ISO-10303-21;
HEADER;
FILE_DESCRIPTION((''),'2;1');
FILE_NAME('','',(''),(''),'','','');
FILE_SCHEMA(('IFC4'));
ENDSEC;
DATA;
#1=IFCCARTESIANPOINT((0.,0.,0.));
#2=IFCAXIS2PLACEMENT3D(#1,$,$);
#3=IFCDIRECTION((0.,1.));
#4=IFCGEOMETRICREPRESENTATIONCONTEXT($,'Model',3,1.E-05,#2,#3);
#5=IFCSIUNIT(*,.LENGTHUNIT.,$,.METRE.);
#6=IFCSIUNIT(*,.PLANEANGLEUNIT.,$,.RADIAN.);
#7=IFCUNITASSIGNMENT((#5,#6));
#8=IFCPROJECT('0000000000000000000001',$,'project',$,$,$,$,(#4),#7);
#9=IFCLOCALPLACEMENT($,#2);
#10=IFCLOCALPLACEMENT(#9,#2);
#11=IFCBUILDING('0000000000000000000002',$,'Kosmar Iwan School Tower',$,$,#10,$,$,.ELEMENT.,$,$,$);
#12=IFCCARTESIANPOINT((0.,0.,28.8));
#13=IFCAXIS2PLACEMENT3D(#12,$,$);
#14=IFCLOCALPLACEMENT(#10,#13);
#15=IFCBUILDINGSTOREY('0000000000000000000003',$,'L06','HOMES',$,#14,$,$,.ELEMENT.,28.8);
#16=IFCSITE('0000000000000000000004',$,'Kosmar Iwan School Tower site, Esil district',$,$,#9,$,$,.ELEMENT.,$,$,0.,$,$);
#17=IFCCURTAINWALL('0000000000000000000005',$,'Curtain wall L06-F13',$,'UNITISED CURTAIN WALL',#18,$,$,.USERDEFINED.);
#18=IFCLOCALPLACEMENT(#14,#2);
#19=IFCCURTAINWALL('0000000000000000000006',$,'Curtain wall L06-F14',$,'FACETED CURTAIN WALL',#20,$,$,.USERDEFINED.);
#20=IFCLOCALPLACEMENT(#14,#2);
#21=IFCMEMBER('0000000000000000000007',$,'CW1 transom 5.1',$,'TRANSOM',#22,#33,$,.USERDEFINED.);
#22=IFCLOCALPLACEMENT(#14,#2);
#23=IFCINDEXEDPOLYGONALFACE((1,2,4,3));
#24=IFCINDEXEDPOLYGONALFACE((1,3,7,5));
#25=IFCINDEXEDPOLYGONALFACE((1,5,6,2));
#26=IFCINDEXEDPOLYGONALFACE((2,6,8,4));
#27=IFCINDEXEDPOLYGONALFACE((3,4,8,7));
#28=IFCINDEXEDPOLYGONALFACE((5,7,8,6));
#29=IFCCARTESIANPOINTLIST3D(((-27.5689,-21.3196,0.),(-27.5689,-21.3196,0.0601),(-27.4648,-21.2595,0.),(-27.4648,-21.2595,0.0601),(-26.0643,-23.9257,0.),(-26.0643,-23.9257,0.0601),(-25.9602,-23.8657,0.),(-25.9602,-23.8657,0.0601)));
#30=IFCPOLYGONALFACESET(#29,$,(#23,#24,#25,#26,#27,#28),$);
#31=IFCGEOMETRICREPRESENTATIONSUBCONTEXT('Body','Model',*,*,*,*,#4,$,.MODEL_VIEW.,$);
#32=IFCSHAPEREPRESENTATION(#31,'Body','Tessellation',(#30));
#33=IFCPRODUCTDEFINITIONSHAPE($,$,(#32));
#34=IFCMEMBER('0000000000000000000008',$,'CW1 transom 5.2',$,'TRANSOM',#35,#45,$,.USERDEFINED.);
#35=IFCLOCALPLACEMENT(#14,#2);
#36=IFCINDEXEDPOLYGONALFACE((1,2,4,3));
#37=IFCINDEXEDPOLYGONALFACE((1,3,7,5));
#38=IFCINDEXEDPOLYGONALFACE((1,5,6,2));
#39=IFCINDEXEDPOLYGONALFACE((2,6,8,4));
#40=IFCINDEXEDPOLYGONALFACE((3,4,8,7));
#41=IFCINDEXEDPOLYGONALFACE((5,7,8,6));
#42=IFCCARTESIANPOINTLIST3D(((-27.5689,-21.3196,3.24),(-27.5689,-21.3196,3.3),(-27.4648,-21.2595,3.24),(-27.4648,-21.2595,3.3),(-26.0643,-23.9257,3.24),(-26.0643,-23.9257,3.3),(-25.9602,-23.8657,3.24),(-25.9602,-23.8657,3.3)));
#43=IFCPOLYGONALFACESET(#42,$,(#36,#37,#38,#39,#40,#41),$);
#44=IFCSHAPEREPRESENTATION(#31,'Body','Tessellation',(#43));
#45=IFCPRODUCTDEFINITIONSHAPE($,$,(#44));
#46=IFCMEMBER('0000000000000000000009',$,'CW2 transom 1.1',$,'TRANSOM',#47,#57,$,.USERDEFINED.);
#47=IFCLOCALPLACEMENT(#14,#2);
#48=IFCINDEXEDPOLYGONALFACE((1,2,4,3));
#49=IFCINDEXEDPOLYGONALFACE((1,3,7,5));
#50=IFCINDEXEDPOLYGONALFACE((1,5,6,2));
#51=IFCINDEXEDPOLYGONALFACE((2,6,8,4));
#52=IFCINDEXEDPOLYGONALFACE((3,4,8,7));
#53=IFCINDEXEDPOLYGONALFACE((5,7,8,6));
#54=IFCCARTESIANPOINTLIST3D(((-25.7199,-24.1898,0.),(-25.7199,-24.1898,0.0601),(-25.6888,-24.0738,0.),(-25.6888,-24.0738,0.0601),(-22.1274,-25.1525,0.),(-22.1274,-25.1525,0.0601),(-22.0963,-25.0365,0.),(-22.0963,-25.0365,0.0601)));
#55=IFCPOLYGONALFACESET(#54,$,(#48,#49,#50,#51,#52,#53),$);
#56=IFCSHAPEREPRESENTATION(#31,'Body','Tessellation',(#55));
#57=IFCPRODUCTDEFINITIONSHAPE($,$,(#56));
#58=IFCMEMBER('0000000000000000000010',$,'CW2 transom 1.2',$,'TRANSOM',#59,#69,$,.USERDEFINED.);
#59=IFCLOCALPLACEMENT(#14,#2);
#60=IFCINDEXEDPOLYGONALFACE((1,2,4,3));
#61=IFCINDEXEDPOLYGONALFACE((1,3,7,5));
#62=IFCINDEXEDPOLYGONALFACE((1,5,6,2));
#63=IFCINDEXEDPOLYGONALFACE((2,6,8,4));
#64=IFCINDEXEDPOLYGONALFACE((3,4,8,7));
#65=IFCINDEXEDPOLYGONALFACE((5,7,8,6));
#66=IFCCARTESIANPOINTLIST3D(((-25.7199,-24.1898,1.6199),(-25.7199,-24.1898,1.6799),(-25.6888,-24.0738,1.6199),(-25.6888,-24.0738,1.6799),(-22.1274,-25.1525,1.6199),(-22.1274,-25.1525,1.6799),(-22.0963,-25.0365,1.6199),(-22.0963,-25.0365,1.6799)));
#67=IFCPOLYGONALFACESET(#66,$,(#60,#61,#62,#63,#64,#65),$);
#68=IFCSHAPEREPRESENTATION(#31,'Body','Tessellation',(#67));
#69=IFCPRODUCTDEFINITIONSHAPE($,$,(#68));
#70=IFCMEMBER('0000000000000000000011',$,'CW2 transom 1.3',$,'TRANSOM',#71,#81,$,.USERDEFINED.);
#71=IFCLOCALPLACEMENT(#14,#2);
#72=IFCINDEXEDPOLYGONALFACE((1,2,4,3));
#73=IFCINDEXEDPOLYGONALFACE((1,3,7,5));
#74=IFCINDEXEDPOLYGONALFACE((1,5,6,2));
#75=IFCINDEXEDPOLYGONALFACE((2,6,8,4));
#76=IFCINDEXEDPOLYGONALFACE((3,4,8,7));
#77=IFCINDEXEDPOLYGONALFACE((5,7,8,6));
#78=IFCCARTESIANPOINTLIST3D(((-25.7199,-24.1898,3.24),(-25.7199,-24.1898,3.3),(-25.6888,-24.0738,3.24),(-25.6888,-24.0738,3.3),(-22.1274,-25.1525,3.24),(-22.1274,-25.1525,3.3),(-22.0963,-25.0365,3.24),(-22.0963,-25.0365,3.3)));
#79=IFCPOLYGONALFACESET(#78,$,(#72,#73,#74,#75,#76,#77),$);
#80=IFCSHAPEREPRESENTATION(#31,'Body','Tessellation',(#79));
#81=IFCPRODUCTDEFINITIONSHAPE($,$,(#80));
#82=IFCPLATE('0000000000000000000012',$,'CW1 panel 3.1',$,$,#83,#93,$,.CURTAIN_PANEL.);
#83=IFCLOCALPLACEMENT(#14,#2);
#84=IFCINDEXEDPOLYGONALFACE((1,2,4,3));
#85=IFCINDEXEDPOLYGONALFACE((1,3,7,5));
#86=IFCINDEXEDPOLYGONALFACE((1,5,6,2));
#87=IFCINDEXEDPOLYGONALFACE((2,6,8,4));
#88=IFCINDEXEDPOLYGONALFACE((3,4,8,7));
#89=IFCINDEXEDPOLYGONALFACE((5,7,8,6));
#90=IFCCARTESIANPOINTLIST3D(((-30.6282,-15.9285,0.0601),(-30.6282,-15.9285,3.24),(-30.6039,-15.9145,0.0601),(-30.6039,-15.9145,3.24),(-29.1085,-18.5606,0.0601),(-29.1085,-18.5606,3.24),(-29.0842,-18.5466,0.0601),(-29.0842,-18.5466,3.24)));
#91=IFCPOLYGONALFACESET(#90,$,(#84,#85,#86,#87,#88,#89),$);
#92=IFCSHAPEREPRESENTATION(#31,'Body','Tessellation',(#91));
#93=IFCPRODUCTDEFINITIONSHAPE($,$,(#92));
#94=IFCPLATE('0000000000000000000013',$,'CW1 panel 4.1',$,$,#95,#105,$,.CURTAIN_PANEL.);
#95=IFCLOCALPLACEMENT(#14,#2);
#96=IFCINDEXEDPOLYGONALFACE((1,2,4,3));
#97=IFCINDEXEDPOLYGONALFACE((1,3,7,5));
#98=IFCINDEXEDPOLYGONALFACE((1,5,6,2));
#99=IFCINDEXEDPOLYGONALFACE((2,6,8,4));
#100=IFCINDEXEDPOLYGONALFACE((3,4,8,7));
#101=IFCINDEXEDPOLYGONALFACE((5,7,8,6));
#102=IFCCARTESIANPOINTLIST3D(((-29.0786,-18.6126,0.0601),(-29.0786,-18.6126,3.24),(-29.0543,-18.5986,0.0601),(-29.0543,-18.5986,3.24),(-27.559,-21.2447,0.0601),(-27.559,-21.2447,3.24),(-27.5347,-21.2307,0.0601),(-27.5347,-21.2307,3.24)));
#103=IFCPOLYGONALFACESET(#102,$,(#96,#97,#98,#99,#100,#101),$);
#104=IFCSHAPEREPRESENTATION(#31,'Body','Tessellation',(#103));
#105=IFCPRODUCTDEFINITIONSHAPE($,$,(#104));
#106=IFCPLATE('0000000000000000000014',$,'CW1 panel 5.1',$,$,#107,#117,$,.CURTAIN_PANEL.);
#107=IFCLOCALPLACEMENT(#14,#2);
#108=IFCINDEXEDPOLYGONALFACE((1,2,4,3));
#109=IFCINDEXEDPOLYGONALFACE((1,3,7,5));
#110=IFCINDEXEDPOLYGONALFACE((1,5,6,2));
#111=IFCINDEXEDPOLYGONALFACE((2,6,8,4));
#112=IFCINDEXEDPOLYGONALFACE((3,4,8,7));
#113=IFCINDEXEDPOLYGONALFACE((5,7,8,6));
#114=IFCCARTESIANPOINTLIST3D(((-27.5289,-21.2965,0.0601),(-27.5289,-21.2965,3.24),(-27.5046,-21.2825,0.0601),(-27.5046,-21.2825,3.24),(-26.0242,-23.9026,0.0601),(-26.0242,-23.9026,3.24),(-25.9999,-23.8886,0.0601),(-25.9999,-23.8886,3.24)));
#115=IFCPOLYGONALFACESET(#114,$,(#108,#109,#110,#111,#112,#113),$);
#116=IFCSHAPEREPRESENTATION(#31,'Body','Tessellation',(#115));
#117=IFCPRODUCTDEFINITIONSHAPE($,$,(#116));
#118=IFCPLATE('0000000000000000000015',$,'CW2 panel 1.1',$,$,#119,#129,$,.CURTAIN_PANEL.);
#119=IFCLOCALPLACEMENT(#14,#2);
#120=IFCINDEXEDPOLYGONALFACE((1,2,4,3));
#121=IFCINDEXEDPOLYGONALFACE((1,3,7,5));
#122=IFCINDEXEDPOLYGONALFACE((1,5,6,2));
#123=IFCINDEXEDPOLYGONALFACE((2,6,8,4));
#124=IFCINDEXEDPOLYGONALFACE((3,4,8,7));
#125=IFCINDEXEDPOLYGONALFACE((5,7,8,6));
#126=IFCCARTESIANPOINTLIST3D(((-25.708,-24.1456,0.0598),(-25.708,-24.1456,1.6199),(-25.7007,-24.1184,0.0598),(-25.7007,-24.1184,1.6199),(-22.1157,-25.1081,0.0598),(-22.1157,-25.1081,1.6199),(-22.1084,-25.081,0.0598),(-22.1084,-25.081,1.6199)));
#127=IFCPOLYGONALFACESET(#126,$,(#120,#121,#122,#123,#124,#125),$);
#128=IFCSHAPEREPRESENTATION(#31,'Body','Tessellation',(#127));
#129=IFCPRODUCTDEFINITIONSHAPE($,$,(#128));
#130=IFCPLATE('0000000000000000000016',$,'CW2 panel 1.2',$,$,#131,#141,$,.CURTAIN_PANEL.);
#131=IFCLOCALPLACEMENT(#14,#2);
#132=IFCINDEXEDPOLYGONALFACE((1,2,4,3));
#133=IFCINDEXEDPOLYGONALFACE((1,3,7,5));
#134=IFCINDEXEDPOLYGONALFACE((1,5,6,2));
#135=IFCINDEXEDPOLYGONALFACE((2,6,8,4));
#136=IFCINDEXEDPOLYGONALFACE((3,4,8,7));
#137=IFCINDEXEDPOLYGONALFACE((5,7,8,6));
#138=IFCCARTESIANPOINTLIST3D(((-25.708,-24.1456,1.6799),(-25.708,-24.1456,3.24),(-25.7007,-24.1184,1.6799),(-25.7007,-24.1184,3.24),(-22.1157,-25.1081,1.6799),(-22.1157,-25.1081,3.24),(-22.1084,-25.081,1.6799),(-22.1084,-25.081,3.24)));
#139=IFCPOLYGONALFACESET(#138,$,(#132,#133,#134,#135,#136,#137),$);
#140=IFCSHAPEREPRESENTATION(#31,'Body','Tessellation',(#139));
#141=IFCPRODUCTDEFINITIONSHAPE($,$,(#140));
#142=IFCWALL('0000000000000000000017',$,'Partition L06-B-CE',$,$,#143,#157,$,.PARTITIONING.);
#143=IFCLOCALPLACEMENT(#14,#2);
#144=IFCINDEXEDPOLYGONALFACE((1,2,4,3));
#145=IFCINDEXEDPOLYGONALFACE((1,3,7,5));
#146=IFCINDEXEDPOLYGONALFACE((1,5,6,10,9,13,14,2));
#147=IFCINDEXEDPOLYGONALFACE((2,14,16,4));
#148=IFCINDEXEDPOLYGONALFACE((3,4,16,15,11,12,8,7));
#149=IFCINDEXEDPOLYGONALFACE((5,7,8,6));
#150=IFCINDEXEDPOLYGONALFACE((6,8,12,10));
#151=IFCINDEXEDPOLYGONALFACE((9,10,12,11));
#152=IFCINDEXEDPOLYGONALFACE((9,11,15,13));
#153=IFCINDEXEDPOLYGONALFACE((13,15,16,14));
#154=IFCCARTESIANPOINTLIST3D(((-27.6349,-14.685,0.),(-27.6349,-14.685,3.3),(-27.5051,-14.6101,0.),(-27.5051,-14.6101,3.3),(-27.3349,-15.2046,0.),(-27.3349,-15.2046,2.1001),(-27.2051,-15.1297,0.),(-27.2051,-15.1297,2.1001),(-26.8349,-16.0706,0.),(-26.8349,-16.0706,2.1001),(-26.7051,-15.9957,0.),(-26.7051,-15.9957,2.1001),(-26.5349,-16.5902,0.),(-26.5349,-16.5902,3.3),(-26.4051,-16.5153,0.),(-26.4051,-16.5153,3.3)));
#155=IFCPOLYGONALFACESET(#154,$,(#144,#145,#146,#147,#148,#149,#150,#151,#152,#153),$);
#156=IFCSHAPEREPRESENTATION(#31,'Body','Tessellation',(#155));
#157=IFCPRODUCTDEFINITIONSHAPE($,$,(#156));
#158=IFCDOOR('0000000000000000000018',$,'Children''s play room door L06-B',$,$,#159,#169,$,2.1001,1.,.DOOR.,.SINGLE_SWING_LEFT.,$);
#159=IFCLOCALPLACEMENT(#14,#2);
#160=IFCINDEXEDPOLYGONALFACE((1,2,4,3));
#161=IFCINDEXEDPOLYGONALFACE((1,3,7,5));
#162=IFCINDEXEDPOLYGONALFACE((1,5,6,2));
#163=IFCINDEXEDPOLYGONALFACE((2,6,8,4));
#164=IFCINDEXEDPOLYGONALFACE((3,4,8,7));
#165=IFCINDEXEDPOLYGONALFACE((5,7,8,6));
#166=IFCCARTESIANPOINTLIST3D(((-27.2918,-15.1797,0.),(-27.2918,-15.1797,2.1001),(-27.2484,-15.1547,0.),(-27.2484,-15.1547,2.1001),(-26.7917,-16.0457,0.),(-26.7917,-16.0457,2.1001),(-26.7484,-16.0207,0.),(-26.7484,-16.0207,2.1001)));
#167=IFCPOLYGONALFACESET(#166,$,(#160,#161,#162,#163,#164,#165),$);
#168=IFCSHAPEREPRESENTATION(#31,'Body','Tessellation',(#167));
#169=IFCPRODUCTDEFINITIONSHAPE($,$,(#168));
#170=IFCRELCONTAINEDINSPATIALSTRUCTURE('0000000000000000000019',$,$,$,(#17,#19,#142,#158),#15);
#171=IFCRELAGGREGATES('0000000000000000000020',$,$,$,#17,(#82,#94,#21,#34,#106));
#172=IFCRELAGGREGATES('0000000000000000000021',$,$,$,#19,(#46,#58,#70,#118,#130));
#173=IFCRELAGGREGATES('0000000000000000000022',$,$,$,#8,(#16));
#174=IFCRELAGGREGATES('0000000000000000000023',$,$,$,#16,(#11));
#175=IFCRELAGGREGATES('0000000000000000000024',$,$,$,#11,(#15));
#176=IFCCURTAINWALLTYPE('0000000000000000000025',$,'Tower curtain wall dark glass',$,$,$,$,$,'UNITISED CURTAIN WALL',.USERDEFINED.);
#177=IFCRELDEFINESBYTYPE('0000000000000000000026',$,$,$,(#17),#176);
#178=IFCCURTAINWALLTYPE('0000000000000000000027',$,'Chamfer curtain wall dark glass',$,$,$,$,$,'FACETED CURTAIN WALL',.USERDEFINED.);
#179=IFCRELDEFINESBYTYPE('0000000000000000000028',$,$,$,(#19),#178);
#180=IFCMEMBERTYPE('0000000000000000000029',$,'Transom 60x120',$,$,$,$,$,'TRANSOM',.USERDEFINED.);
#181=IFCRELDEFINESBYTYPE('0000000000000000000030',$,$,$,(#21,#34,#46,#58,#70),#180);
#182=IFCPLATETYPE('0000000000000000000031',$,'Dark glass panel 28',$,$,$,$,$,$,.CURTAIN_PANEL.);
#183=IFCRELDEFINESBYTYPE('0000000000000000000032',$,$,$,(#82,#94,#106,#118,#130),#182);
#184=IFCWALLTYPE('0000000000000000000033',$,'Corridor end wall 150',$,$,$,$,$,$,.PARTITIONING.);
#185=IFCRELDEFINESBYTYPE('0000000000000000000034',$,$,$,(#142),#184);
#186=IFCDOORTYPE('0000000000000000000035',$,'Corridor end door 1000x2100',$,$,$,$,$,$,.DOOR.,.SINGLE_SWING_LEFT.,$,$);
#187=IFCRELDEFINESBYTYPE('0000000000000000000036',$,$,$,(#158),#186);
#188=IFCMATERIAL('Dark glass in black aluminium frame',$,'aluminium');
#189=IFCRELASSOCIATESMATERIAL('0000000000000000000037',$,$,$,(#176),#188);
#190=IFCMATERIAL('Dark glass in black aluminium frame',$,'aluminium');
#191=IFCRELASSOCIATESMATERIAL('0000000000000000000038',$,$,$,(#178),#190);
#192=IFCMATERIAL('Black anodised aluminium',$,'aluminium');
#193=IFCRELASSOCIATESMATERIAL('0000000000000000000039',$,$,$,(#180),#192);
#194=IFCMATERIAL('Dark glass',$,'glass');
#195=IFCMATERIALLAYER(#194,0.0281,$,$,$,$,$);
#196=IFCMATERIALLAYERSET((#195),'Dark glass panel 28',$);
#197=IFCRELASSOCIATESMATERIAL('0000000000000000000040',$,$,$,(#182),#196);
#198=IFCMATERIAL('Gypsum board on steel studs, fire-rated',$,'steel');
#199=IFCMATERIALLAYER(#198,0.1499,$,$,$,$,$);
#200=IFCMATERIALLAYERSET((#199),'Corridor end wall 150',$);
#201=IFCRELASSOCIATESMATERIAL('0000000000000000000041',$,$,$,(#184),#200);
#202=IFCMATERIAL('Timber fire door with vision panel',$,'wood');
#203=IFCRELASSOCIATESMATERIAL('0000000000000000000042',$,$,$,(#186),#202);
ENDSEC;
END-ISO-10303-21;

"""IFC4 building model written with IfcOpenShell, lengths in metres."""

from ifc_helpers import new_model, si_unit, direction, frame, frame_2d, origin, origin_2d, place, context, subcontext, project, spatial, rectangle, extrude, material, layer, layer_set, material_profile, profile_set, type_object, element, fill, aggregate, save


model = new_model("IFC4")

# Units and contexts
model_context = context("Model", 3, precision=1e-05, world=origin(), true_north=direction((0.0, 1.0)))
body_context = subcontext(model_context, "Body", "Model", "MODEL_VIEW")
ifc_project = project(units=[si_unit("LENGTHUNIT", "METRE"), si_unit("PLANEANGLEUNIT", "RADIAN")], contexts=[model_context])

# Site, building, storey
site_placement = place(None, origin())
site = spatial("IfcSite", under=ifc_project, at=site_placement, Name="Kosmar Iwan School Tower site, Esil district", CompositionType="ELEMENT", RefElevation=0.0)
building_placement = place(site_placement, origin())
building = spatial("IfcBuilding", under=site, at=building_placement, Name="Kosmar Iwan School Tower", CompositionType="ELEMENT")
storey_placement = place(building_placement, frame((0.0, 0.0, 28.8)))
storey = spatial("IfcBuildingStorey", under=building, at=storey_placement, Name="L06", Description="HOMES", CompositionType="ELEMENT", Elevation=28.8)

# Curtain wall
ifc_material_1 = material(Name="Dark glass in black aluminium frame", Category="aluminium")
curtain_wall_type_1 = type_object("IfcCurtainWallType", Name="Tower curtain wall dark glass", ElementType="UNITISED CURTAIN WALL", PredefinedType="USERDEFINED", material=ifc_material_1)
curtain_wall_1_placement = place(storey_placement, origin())
curtain_wall_1 = element("IfcCurtainWall", 1, at=curtain_wall_1_placement, inside=storey, type_object=curtain_wall_type_1, Name="Curtain wall L06-F13", ObjectType="UNITISED CURTAIN WALL", PredefinedType="USERDEFINED")

# Curtain wall
ifc_material_2 = material(Name="Dark glass in black aluminium frame", Category="aluminium")
curtain_wall_type_2 = type_object("IfcCurtainWallType", Name="Chamfer curtain wall dark glass", ElementType="FACETED CURTAIN WALL", PredefinedType="USERDEFINED", material=ifc_material_2)
curtain_wall_2_placement = place(storey_placement, origin())
curtain_wall_2 = element("IfcCurtainWall", 2, at=curtain_wall_2_placement, inside=storey, type_object=curtain_wall_type_2, Name="Curtain wall L06-F14", ObjectType="FACETED CURTAIN WALL", PredefinedType="USERDEFINED")

# Members
ifc_material_3 = material(Name="Black anodised aluminium", Category="aluminium")
ifc_material_profile_1 = material_profile(ifc_material_3, rectangle(XDim=0.1201, YDim=0.0601, at=origin_2d()), Name="TRANSOM 60x120")
ifc_profile_set_1 = profile_set([ifc_material_profile_1], Name="Black anodised aluminium")
member_type_1 = type_object("IfcMemberType", Name="Transom 60x120", ElementType="TRANSOM", PredefinedType="USERDEFINED", material=ifc_profile_set_1)
member_1_placement = place(storey_placement, frame((-27.5168, -21.2896, 0.03), z_axis=(0.499987, -0.866033, 0.0), x_axis=(0.866033, 0.499987, 0.0)))
member_1 = element("IfcMember", 3, at=member_1_placement, type_object=member_type_1, Name="CW1 transom 5.1", ObjectType="TRANSOM", PredefinedType="USERDEFINED", context=body_context, shape_type="SweptSolid", body=[
    extrude(rectangle(XDim=0.1201, YDim=0.0601, at=origin_2d()), origin(), (0.0, 0.0, 1.0), 3.0093),
])
member_2_placement = place(storey_placement, frame((-27.5168, -21.2896, 3.27), z_axis=(0.499987, -0.866033, 0.0), x_axis=(0.866033, 0.499987, 0.0)))
member_2 = element("IfcMember", 4, at=member_2_placement, type_object=member_type_1, Name="CW1 transom 5.2", ObjectType="TRANSOM", PredefinedType="USERDEFINED", context=body_context, shape_type="SweptSolid", body=[
    extrude(rectangle(XDim=0.1201, YDim=0.0601, at=origin_2d()), origin(), (0.0, 0.0, 1.0), 3.0093),
])
member_3_placement = place(storey_placement, frame((-25.7043, -24.1318, 0.03), z_axis=(0.965924, -0.258827, 0.0), x_axis=(0.258827, 0.965924, 0.0)))
member_3 = element("IfcMember", 5, at=member_3_placement, type_object=member_type_1, Name="CW2 transom 1.1", ObjectType="TRANSOM", PredefinedType="USERDEFINED", context=body_context, shape_type="SweptSolid", body=[
    extrude(rectangle(XDim=0.1201, YDim=0.0601, at=origin_2d()), origin(), (0.0, 0.0, 1.0), 3.7192),
])
member_4_placement = place(storey_placement, frame((-25.7043, -24.1318, 1.6499), z_axis=(0.965924, -0.258827, 0.0), x_axis=(0.258827, 0.965924, 0.0)))
member_4 = element("IfcMember", 6, at=member_4_placement, type_object=member_type_1, Name="CW2 transom 1.2", ObjectType="TRANSOM", PredefinedType="USERDEFINED", context=body_context, shape_type="SweptSolid", body=[
    extrude(rectangle(XDim=0.1201, YDim=0.0601, at=origin_2d()), origin(), (0.0, 0.0, 1.0), 3.7192),
])
member_5_placement = place(storey_placement, frame((-25.7043, -24.1318, 3.27), z_axis=(0.965924, -0.258827, 0.0), x_axis=(0.258827, 0.965924, 0.0)))
member_5 = element("IfcMember", 7, at=member_5_placement, type_object=member_type_1, Name="CW2 transom 1.3", ObjectType="TRANSOM", PredefinedType="USERDEFINED", context=body_context, shape_type="SweptSolid", body=[
    extrude(rectangle(XDim=0.1201, YDim=0.0601, at=origin_2d()), origin(), (0.0, 0.0, 1.0), 3.7192),
])

# Plates
ifc_material_4 = material(Name="Dark glass", Category="glass")
ifc_layer_1 = layer(ifc_material_4, 0.0281)
ifc_layer_set_1 = layer_set([ifc_layer_1], Name="Dark glass panel 28")
plate_type = type_object("IfcPlateType", Name="Dark glass panel 28", PredefinedType="CURTAIN_PANEL", material=ifc_layer_set_1)
plate_1_placement = place(storey_placement, frame((-29.8562, -17.2375, 0.0601), z_axis=(0.0, 0.0, 1.0), x_axis=(0.5, -0.866025, 0.0)))
plate_1 = element("IfcPlate", 8, at=plate_1_placement, type_object=plate_type, Name="CW1 panel 3.1", PredefinedType="CURTAIN_PANEL", context=body_context, shape_type="SweptSolid", body=[
    extrude(rectangle(XDim=3.0393, YDim=0.0281, at=origin_2d()), origin(), (0.0, 0.0, 1.0), 3.1799),
])
plate_2_placement = place(storey_placement, frame((-28.3066, -19.9216, 0.0601), z_axis=(0.0, 0.0, 1.0), x_axis=(0.5, -0.866025, 0.0)))
plate_2 = element("IfcPlate", 9, at=plate_2_placement, type_object=plate_type, Name="CW1 panel 4.1", PredefinedType="CURTAIN_PANEL", context=body_context, shape_type="SweptSolid", body=[
    extrude(rectangle(XDim=3.0393, YDim=0.0281, at=origin_2d()), origin(), (0.0, 0.0, 1.0), 3.1799),
])
plate_3_placement = place(storey_placement, frame((-26.7644, -22.5925, 0.0601), z_axis=(0.0, 0.0, 1.0), x_axis=(0.5, -0.866025, 0.0)))
plate_3 = element("IfcPlate", 10, at=plate_3_placement, type_object=plate_type, Name="CW1 panel 5.1", PredefinedType="CURTAIN_PANEL", context=body_context, shape_type="SweptSolid", body=[
    extrude(rectangle(XDim=3.0093, YDim=0.0281, at=origin_2d()), origin(), (0.0, 0.0, 1.0), 3.1799),
])
aggregate(curtain_wall_1, [plate_1, plate_2, member_1, member_2, plate_3])
plate_4_placement = place(storey_placement, frame((-23.9082, -24.6133, 0.0598), z_axis=(0.0, 0.0, 1.0), x_axis=(0.965926, -0.258819, 0.0)))
plate_4 = element("IfcPlate", 11, at=plate_4_placement, type_object=plate_type, Name="CW2 panel 1.1", PredefinedType="CURTAIN_PANEL", context=body_context, shape_type="SweptSolid", body=[
    extrude(rectangle(XDim=3.719, YDim=0.0281, at=origin_2d()), origin(), (0.0, 0.0, 1.0), 1.5601),
])
plate_5_placement = place(storey_placement, frame((-23.9082, -24.6133, 1.6799), z_axis=(0.0, 0.0, 1.0), x_axis=(0.965926, -0.258819, 0.0)))
plate_5 = element("IfcPlate", 12, at=plate_5_placement, type_object=plate_type, Name="CW2 panel 1.2", PredefinedType="CURTAIN_PANEL", context=body_context, shape_type="SweptSolid", body=[
    extrude(rectangle(XDim=3.719, YDim=0.0281, at=origin_2d()), origin(), (0.0, 0.0, 1.0), 1.5601),
])
aggregate(curtain_wall_2, [member_3, member_4, member_5, plate_4, plate_5])

# Wall, opening, door
ifc_material_5 = material(Name="Gypsum board on steel studs, fire-rated", Category="steel")
ifc_layer_2 = layer(ifc_material_5, 0.1499)
ifc_layer_set_2 = layer_set([ifc_layer_2], Name="Corridor end wall 150")
wall_type_1 = type_object("IfcWallType", Name="Corridor end wall 150", PredefinedType="PARTITIONING", material=ifc_layer_set_2)
wall_1_placement = place(storey_placement, frame((-27.5701, -14.6475, 0.0), z_axis=(0.0, 0.0, 1.0), x_axis=(0.50003, -0.866008, 0.0)))
wall_1 = element("IfcWall", 13, at=wall_1_placement, inside=storey, type_object=wall_type_1, Name="Partition L06-B-CE", PredefinedType="PARTITIONING", context=body_context, shape_type="SweptSolid", body=[
    extrude(rectangle(XDim=2.2, YDim=0.1499, at=frame_2d((1.1001, 0.0))), origin(), (0.0, 0.0, 1.0), 3.3),
])
opening_1_placement = place(wall_1_placement, frame((0.6001, 0.0, 0.0)))
opening_1 = element("IfcOpeningElement", 14, at=opening_1_placement, cuts=wall_1, PredefinedType="OPENING", context=body_context, shape_type="SweptSolid", body=[
    extrude(rectangle(XDim=1.0, YDim=2.1001, at=frame_2d((0.5, 1.05))), frame((0.0, 0.0869, 0.0), z_axis=(0.0, -1.0, 0.0), x_axis=(1.0, 0.0, 0.0)), (0.0, 0.0, 1.0), 0.1738),
])
ifc_material_6 = material(Name="Timber fire door with vision panel", Category="wood")
door_type_1 = type_object("IfcDoorType", Name="Corridor end door 1000x2100", OperationType="SINGLE_SWING_LEFT", PredefinedType="DOOR", material=ifc_material_6)
door_1_placement = place(opening_1_placement, origin())
door_1 = element("IfcDoor", 15, at=door_1_placement, inside=storey, type_object=door_type_1, Name="Children's play room door L06-B", OperationType="SINGLE_SWING_LEFT", OverallHeight=2.1001, OverallWidth=1.0, PredefinedType="DOOR", context=body_context, shape_type="SweptSolid", body=[
    extrude(rectangle(XDim=1.0, YDim=2.1001, at=frame_2d((0.5, 1.05))), frame((0.0, 0.0249, 0.0), z_axis=(0.0, -1.0, 0.0), x_axis=(1.0, 0.0, 0.0)), (0.0, 0.0, 1.0), 0.05),
])
fill(opening_1, door_1)

save(model, "model.ifc")
